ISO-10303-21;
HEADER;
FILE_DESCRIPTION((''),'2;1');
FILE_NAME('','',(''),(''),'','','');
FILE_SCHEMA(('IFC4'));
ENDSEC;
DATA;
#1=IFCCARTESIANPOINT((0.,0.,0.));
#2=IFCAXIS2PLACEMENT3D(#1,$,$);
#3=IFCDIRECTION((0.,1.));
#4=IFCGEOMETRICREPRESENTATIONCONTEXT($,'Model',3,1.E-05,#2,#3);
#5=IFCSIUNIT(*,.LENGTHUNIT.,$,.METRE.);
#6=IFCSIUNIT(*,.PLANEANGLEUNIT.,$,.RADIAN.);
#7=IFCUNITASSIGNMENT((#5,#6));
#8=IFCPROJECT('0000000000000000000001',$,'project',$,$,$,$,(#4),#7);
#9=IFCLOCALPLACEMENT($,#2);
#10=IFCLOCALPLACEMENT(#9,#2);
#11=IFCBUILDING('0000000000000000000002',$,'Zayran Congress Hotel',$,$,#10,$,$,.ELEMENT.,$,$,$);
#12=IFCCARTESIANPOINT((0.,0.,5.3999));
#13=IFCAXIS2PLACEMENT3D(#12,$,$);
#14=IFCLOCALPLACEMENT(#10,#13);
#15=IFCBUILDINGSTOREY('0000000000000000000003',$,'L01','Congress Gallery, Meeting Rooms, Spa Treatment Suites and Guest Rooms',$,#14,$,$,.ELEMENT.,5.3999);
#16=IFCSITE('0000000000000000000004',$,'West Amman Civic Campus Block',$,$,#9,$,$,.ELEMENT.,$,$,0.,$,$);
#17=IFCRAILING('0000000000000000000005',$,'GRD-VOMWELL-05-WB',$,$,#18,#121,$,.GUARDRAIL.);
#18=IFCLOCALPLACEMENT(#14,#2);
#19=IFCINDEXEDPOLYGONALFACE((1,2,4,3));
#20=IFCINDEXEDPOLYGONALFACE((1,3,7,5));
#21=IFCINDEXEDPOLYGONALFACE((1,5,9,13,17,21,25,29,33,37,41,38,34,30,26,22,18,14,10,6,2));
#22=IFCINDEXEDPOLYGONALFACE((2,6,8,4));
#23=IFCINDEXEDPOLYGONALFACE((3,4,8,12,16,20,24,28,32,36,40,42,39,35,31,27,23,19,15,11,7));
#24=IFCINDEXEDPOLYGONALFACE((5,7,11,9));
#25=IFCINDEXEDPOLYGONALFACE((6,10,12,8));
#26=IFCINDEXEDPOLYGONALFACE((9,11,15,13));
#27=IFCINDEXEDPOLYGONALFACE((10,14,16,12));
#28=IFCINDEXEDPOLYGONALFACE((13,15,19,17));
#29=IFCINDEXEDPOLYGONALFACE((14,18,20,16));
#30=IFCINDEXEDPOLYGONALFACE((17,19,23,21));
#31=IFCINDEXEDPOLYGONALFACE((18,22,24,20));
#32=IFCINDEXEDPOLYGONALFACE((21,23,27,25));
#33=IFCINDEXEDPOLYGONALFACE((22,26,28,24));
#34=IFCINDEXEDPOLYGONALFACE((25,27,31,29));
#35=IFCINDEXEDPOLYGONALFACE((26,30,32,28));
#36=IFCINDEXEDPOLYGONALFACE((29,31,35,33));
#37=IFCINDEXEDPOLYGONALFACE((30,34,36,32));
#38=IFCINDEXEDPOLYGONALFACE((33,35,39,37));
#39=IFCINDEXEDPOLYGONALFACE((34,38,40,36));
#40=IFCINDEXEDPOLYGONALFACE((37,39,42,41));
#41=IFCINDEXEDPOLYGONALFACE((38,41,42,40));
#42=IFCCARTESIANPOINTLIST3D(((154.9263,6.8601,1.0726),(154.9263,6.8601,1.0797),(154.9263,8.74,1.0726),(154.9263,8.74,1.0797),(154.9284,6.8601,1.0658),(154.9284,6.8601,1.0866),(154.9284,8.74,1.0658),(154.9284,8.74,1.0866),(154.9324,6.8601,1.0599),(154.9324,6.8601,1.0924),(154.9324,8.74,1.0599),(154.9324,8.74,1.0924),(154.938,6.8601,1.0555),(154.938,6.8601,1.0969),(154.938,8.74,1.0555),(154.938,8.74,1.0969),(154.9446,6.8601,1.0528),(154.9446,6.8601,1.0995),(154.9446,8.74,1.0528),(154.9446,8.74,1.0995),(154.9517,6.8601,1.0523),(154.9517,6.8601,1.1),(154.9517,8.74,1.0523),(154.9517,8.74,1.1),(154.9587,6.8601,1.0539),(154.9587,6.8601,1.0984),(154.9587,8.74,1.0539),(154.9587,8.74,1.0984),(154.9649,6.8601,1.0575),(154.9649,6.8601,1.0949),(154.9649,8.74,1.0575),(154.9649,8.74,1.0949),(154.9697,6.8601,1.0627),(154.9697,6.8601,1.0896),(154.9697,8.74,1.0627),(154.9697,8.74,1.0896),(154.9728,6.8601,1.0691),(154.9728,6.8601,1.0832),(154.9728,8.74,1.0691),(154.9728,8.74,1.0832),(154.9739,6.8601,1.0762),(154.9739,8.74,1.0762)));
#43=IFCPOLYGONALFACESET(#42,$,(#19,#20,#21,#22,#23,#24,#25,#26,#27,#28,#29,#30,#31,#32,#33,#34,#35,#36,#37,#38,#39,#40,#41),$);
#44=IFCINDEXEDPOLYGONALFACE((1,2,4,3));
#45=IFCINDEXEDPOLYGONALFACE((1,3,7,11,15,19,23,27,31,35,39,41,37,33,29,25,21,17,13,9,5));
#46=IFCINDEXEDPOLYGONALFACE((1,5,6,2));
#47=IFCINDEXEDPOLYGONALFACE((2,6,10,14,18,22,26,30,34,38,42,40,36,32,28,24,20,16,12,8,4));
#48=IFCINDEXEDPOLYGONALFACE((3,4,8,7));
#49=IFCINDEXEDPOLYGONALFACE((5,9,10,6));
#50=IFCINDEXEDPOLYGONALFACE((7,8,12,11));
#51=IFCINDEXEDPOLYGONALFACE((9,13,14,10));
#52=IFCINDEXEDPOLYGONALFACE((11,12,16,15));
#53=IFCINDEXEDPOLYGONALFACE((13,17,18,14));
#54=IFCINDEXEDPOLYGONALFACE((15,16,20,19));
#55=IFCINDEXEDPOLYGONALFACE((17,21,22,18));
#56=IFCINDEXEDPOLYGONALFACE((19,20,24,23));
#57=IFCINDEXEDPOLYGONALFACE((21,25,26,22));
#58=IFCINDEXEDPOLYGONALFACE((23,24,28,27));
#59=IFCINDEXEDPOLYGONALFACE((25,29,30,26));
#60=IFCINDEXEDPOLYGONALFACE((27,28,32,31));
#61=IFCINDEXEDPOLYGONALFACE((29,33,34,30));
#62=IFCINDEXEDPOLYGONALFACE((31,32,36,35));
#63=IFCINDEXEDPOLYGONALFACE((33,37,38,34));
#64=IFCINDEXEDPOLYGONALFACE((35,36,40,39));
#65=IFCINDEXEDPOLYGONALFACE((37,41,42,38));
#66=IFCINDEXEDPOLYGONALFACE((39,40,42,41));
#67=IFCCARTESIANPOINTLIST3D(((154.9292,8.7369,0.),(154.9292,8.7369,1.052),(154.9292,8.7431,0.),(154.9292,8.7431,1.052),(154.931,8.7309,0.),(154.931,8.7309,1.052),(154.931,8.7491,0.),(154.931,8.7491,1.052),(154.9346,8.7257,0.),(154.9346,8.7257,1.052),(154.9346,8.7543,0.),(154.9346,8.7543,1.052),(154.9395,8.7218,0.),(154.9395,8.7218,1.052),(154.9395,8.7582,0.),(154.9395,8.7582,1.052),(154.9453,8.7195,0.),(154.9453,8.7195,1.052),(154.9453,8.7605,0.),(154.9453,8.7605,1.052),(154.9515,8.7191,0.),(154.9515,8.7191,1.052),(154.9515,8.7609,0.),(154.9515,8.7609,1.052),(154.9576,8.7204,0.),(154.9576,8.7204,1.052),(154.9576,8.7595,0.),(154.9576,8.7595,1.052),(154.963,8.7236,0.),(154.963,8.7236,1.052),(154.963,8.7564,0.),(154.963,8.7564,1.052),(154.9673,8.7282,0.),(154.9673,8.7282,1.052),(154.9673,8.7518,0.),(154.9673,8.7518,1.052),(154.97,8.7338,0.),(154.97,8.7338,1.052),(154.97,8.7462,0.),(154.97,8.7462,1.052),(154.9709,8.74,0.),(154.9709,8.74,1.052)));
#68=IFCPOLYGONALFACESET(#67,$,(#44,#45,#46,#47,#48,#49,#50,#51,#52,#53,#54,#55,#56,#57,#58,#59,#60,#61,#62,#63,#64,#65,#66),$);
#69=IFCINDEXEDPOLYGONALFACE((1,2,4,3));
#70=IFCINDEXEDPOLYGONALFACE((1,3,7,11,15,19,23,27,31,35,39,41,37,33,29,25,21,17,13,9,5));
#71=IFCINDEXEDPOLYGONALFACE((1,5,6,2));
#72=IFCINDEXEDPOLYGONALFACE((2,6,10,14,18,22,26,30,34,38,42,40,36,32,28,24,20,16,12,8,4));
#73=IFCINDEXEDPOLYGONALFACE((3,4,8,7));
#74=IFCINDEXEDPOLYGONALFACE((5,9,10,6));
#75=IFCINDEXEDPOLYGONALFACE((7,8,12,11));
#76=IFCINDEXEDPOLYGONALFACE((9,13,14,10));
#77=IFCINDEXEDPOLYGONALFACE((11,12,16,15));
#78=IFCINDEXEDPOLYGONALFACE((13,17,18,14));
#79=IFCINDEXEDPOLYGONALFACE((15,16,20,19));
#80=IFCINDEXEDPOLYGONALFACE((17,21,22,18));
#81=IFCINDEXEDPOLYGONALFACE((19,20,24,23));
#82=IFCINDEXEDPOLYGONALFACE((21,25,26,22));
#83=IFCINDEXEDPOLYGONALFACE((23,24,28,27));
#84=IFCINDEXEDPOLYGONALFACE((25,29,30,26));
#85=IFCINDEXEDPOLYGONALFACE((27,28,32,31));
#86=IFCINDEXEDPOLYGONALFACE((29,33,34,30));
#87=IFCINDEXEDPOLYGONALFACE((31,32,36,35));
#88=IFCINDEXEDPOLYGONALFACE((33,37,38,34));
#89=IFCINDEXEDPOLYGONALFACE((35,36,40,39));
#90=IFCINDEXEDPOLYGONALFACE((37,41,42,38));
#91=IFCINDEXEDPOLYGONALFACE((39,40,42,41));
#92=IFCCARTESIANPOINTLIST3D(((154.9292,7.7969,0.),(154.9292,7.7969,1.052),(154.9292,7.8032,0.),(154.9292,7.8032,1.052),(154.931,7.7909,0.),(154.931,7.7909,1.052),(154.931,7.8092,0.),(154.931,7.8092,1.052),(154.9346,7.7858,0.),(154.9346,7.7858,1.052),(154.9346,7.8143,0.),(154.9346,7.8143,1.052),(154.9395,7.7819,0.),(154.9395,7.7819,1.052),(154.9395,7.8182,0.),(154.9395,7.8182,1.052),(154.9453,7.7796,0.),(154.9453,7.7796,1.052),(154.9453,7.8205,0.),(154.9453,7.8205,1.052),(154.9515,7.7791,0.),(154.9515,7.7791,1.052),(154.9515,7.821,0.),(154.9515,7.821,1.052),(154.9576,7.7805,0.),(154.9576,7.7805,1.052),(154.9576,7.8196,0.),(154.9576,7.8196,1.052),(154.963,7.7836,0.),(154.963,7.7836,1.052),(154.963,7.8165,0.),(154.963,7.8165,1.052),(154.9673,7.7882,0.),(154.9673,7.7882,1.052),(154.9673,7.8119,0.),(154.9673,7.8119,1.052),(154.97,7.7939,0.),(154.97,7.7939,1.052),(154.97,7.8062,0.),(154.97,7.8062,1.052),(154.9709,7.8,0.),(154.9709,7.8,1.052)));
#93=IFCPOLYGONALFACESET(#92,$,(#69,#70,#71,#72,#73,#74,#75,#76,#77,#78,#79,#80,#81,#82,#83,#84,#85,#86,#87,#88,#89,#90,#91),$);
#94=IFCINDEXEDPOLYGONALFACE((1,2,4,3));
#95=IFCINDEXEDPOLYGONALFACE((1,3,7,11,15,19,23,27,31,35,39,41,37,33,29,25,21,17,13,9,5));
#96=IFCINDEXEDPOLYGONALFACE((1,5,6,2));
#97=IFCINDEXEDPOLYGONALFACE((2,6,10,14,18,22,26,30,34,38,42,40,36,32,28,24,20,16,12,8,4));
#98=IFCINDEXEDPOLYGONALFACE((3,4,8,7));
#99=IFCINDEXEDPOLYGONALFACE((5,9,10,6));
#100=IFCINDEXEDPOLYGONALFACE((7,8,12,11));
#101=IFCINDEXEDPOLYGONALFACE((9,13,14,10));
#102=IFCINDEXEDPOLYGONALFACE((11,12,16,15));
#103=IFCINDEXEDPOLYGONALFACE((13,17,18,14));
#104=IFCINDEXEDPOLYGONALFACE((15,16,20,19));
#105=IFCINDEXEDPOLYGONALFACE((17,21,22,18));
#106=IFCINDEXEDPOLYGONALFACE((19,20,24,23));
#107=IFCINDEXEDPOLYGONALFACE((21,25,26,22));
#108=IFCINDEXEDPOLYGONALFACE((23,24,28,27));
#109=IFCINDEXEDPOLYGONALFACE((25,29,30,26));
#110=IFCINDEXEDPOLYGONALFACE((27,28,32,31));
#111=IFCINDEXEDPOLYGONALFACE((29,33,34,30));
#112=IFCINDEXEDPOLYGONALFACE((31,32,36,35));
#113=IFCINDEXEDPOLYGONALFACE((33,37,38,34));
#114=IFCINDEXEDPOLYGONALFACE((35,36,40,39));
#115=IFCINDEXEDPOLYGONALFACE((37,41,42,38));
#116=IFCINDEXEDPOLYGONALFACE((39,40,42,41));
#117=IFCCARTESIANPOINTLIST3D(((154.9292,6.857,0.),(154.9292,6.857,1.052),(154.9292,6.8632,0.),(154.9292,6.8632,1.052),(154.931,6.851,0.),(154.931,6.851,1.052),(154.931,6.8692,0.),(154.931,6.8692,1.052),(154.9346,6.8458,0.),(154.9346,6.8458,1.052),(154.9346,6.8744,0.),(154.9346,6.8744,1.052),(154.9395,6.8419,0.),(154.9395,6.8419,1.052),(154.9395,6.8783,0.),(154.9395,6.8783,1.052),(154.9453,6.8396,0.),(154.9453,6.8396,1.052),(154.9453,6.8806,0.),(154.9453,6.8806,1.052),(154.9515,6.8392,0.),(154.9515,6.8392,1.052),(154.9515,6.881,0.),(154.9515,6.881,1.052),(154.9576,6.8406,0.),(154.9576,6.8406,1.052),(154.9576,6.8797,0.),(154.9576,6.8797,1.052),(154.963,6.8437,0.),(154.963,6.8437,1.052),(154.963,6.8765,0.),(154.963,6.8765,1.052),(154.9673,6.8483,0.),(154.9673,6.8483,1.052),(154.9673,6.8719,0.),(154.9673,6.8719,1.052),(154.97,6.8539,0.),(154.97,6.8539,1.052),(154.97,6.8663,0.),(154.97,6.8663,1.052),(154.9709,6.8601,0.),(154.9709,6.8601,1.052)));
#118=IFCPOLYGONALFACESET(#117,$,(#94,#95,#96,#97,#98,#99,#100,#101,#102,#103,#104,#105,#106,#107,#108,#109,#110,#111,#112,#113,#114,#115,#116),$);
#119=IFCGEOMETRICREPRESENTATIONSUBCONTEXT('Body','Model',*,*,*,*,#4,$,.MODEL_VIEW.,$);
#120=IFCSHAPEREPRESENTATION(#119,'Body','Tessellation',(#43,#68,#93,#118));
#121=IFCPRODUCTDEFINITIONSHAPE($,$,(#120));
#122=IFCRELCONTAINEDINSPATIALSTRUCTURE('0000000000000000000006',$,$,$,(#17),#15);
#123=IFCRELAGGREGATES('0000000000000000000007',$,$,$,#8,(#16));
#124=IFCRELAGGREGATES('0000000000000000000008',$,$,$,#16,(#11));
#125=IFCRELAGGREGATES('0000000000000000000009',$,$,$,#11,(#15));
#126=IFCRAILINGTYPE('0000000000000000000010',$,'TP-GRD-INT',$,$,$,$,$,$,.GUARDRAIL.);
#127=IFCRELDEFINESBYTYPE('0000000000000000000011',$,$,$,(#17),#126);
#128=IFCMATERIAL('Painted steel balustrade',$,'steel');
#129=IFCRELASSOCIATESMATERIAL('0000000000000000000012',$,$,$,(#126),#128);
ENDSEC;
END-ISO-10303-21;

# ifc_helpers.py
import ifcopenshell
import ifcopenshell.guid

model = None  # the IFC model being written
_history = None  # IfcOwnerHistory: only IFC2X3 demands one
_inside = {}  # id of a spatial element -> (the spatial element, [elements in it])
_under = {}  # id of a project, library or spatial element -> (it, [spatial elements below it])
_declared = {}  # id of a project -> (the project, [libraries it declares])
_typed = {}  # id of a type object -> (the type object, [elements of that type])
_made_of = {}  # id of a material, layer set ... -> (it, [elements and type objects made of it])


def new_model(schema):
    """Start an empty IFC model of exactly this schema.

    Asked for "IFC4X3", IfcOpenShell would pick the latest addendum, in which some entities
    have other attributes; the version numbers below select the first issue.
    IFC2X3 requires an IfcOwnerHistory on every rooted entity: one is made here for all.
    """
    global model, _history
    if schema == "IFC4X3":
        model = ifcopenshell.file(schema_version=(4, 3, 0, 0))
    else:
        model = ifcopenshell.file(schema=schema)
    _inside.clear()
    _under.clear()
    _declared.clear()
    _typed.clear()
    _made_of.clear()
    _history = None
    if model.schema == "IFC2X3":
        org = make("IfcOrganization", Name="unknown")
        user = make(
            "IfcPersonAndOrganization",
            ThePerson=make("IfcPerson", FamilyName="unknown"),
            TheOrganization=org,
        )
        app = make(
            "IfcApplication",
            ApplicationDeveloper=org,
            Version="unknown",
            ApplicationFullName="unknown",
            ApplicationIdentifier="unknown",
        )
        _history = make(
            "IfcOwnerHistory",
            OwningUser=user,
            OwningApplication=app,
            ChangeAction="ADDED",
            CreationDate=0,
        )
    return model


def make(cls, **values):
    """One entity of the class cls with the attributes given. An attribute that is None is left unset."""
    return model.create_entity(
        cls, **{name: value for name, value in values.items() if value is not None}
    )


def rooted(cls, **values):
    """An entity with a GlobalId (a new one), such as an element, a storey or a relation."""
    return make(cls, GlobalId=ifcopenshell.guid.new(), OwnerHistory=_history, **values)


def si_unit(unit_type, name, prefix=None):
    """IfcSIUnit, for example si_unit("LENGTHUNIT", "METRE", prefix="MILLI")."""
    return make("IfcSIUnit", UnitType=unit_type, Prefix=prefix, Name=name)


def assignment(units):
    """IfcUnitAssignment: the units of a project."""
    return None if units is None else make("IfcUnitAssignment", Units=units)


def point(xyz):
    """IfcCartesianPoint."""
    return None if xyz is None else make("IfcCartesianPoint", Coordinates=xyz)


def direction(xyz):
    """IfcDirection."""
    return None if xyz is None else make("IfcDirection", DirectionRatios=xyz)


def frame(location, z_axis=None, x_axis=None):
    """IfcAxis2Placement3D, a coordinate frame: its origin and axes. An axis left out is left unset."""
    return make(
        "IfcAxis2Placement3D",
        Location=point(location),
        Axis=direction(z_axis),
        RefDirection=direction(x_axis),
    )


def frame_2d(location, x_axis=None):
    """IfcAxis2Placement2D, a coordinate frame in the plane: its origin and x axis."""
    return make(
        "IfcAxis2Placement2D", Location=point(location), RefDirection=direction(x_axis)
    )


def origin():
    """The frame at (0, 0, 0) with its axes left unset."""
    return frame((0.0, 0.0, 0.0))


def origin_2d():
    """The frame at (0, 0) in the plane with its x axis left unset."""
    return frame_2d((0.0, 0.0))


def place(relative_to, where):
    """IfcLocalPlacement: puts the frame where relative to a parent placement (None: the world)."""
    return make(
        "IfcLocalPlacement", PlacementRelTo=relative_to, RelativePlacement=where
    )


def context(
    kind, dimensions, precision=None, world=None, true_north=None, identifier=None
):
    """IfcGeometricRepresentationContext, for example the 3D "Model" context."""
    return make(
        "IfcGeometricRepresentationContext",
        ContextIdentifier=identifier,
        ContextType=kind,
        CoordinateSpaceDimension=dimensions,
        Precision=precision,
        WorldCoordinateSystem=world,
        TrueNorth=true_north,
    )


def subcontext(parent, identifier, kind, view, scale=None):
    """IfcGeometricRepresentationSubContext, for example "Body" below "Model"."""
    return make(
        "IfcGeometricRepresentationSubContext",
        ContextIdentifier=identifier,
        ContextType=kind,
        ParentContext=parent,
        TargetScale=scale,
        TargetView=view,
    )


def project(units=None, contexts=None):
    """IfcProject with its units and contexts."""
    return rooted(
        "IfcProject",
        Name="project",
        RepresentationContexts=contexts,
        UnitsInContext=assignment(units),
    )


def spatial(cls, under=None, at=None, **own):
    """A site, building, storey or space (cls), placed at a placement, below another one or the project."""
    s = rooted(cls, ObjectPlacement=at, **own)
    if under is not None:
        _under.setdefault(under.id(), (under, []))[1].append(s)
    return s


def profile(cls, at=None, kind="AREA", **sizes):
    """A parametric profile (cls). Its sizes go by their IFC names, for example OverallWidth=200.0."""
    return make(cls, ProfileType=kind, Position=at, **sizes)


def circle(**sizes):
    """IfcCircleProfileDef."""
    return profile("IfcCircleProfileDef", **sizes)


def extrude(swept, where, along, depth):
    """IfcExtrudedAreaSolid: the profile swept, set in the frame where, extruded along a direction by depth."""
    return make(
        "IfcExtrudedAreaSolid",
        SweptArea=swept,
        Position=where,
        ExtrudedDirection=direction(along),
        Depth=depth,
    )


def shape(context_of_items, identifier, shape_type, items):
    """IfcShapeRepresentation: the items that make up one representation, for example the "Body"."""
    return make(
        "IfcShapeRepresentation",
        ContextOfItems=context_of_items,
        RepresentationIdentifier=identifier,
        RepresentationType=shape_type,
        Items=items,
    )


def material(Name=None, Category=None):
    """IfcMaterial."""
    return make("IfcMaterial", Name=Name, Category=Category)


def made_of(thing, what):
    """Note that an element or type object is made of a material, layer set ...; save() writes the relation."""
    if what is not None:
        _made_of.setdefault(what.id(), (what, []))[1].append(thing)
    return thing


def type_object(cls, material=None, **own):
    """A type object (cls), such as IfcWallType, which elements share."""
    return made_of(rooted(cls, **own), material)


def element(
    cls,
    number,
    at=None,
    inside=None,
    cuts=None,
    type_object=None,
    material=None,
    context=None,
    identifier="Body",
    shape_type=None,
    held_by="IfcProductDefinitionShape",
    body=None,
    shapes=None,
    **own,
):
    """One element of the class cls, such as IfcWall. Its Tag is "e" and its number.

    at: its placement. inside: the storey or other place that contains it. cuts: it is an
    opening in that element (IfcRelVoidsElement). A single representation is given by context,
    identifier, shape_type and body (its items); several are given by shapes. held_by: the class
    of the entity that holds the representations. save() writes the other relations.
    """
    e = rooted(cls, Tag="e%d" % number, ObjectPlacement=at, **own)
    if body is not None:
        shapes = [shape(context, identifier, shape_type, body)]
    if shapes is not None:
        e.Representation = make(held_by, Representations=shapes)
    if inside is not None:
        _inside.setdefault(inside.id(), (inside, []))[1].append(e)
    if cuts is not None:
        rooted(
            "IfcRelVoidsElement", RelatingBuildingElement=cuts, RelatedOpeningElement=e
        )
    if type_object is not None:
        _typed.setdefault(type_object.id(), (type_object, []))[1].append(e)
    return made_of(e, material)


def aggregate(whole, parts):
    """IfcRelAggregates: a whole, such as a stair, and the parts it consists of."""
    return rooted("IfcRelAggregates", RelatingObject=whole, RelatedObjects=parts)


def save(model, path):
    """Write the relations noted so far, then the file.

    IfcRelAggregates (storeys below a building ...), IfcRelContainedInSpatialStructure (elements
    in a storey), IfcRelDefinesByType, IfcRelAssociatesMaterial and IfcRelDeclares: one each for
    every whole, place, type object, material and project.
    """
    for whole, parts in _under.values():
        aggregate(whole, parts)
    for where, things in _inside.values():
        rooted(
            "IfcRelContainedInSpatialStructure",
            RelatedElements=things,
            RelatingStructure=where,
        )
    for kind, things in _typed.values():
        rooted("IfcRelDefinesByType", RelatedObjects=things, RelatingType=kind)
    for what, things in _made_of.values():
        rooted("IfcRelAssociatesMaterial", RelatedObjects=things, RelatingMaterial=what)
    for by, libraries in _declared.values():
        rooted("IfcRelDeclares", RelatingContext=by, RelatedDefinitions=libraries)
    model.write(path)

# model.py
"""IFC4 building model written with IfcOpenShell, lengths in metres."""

from ifc_helpers import new_model, si_unit, direction, frame, origin, origin_2d, place, context, subcontext, project, spatial, circle, extrude, material, type_object, element, save


model = new_model("IFC4")

# Units and contexts
model_context = context("Model", 3, precision=1e-05, world=origin(), true_north=direction((0.0, 1.0)))
body_context = subcontext(model_context, "Body", "Model", "MODEL_VIEW")
ifc_project = project(units=[si_unit("LENGTHUNIT", "METRE"), si_unit("PLANEANGLEUNIT", "RADIAN")], contexts=[model_context])

# Site, building, storey
site_placement = place(None, origin())
site = spatial("IfcSite", under=ifc_project, at=site_placement, Name="West Amman Civic Campus Block", CompositionType="ELEMENT", RefElevation=0.0)
building_placement = place(site_placement, origin())
building = spatial("IfcBuilding", under=site, at=building_placement, Name="Zayran Congress Hotel", CompositionType="ELEMENT")
storey_placement = place(building_placement, frame((0.0, 0.0, 5.3999)))
storey = spatial("IfcBuildingStorey", under=building, at=storey_placement, Name="L01", Description="Congress Gallery, Meeting Rooms, Spa Treatment Suites and Guest Rooms", CompositionType="ELEMENT", Elevation=5.3999)

# Railing
ifc_material_1 = material(Name="Painted steel balustrade", Category="steel")
railing_type = type_object("IfcRailingType", Name="TP-GRD-INT", PredefinedType="GUARDRAIL", material=ifc_material_1)
railing_1_placement = place(storey_placement, frame((154.95, 8.74, 0.0)))
element("IfcRailing", 1, at=railing_1_placement, inside=storey, type_object=railing_type, Name="GRD-VOMWELL-05-WB", PredefinedType="GUARDRAIL", context=body_context, shape_type="SweptSolid", body=[
    extrude(circle(Radius=0.0239, at=origin_2d()), frame((0.0, 0.0, 1.0762), z_axis=(0.0, -1.0, 0.0), x_axis=(1.0, 0.0, 0.0)), (0.0, 0.0, 1.0), 1.8799),
    extrude(circle(Radius=0.021, at=origin_2d()), origin(), (0.0, 0.0, 1.0), 1.052),
    extrude(circle(Radius=0.021, at=origin_2d()), frame((0.0, -0.9399, 0.0)), (0.0, 0.0, 1.0), 1.052),
    extrude(circle(Radius=0.021, at=origin_2d()), frame((0.0, -1.8799, 0.0)), (0.0, 0.0, 1.0), 1.052),
])

save(model, "model.ifc")
